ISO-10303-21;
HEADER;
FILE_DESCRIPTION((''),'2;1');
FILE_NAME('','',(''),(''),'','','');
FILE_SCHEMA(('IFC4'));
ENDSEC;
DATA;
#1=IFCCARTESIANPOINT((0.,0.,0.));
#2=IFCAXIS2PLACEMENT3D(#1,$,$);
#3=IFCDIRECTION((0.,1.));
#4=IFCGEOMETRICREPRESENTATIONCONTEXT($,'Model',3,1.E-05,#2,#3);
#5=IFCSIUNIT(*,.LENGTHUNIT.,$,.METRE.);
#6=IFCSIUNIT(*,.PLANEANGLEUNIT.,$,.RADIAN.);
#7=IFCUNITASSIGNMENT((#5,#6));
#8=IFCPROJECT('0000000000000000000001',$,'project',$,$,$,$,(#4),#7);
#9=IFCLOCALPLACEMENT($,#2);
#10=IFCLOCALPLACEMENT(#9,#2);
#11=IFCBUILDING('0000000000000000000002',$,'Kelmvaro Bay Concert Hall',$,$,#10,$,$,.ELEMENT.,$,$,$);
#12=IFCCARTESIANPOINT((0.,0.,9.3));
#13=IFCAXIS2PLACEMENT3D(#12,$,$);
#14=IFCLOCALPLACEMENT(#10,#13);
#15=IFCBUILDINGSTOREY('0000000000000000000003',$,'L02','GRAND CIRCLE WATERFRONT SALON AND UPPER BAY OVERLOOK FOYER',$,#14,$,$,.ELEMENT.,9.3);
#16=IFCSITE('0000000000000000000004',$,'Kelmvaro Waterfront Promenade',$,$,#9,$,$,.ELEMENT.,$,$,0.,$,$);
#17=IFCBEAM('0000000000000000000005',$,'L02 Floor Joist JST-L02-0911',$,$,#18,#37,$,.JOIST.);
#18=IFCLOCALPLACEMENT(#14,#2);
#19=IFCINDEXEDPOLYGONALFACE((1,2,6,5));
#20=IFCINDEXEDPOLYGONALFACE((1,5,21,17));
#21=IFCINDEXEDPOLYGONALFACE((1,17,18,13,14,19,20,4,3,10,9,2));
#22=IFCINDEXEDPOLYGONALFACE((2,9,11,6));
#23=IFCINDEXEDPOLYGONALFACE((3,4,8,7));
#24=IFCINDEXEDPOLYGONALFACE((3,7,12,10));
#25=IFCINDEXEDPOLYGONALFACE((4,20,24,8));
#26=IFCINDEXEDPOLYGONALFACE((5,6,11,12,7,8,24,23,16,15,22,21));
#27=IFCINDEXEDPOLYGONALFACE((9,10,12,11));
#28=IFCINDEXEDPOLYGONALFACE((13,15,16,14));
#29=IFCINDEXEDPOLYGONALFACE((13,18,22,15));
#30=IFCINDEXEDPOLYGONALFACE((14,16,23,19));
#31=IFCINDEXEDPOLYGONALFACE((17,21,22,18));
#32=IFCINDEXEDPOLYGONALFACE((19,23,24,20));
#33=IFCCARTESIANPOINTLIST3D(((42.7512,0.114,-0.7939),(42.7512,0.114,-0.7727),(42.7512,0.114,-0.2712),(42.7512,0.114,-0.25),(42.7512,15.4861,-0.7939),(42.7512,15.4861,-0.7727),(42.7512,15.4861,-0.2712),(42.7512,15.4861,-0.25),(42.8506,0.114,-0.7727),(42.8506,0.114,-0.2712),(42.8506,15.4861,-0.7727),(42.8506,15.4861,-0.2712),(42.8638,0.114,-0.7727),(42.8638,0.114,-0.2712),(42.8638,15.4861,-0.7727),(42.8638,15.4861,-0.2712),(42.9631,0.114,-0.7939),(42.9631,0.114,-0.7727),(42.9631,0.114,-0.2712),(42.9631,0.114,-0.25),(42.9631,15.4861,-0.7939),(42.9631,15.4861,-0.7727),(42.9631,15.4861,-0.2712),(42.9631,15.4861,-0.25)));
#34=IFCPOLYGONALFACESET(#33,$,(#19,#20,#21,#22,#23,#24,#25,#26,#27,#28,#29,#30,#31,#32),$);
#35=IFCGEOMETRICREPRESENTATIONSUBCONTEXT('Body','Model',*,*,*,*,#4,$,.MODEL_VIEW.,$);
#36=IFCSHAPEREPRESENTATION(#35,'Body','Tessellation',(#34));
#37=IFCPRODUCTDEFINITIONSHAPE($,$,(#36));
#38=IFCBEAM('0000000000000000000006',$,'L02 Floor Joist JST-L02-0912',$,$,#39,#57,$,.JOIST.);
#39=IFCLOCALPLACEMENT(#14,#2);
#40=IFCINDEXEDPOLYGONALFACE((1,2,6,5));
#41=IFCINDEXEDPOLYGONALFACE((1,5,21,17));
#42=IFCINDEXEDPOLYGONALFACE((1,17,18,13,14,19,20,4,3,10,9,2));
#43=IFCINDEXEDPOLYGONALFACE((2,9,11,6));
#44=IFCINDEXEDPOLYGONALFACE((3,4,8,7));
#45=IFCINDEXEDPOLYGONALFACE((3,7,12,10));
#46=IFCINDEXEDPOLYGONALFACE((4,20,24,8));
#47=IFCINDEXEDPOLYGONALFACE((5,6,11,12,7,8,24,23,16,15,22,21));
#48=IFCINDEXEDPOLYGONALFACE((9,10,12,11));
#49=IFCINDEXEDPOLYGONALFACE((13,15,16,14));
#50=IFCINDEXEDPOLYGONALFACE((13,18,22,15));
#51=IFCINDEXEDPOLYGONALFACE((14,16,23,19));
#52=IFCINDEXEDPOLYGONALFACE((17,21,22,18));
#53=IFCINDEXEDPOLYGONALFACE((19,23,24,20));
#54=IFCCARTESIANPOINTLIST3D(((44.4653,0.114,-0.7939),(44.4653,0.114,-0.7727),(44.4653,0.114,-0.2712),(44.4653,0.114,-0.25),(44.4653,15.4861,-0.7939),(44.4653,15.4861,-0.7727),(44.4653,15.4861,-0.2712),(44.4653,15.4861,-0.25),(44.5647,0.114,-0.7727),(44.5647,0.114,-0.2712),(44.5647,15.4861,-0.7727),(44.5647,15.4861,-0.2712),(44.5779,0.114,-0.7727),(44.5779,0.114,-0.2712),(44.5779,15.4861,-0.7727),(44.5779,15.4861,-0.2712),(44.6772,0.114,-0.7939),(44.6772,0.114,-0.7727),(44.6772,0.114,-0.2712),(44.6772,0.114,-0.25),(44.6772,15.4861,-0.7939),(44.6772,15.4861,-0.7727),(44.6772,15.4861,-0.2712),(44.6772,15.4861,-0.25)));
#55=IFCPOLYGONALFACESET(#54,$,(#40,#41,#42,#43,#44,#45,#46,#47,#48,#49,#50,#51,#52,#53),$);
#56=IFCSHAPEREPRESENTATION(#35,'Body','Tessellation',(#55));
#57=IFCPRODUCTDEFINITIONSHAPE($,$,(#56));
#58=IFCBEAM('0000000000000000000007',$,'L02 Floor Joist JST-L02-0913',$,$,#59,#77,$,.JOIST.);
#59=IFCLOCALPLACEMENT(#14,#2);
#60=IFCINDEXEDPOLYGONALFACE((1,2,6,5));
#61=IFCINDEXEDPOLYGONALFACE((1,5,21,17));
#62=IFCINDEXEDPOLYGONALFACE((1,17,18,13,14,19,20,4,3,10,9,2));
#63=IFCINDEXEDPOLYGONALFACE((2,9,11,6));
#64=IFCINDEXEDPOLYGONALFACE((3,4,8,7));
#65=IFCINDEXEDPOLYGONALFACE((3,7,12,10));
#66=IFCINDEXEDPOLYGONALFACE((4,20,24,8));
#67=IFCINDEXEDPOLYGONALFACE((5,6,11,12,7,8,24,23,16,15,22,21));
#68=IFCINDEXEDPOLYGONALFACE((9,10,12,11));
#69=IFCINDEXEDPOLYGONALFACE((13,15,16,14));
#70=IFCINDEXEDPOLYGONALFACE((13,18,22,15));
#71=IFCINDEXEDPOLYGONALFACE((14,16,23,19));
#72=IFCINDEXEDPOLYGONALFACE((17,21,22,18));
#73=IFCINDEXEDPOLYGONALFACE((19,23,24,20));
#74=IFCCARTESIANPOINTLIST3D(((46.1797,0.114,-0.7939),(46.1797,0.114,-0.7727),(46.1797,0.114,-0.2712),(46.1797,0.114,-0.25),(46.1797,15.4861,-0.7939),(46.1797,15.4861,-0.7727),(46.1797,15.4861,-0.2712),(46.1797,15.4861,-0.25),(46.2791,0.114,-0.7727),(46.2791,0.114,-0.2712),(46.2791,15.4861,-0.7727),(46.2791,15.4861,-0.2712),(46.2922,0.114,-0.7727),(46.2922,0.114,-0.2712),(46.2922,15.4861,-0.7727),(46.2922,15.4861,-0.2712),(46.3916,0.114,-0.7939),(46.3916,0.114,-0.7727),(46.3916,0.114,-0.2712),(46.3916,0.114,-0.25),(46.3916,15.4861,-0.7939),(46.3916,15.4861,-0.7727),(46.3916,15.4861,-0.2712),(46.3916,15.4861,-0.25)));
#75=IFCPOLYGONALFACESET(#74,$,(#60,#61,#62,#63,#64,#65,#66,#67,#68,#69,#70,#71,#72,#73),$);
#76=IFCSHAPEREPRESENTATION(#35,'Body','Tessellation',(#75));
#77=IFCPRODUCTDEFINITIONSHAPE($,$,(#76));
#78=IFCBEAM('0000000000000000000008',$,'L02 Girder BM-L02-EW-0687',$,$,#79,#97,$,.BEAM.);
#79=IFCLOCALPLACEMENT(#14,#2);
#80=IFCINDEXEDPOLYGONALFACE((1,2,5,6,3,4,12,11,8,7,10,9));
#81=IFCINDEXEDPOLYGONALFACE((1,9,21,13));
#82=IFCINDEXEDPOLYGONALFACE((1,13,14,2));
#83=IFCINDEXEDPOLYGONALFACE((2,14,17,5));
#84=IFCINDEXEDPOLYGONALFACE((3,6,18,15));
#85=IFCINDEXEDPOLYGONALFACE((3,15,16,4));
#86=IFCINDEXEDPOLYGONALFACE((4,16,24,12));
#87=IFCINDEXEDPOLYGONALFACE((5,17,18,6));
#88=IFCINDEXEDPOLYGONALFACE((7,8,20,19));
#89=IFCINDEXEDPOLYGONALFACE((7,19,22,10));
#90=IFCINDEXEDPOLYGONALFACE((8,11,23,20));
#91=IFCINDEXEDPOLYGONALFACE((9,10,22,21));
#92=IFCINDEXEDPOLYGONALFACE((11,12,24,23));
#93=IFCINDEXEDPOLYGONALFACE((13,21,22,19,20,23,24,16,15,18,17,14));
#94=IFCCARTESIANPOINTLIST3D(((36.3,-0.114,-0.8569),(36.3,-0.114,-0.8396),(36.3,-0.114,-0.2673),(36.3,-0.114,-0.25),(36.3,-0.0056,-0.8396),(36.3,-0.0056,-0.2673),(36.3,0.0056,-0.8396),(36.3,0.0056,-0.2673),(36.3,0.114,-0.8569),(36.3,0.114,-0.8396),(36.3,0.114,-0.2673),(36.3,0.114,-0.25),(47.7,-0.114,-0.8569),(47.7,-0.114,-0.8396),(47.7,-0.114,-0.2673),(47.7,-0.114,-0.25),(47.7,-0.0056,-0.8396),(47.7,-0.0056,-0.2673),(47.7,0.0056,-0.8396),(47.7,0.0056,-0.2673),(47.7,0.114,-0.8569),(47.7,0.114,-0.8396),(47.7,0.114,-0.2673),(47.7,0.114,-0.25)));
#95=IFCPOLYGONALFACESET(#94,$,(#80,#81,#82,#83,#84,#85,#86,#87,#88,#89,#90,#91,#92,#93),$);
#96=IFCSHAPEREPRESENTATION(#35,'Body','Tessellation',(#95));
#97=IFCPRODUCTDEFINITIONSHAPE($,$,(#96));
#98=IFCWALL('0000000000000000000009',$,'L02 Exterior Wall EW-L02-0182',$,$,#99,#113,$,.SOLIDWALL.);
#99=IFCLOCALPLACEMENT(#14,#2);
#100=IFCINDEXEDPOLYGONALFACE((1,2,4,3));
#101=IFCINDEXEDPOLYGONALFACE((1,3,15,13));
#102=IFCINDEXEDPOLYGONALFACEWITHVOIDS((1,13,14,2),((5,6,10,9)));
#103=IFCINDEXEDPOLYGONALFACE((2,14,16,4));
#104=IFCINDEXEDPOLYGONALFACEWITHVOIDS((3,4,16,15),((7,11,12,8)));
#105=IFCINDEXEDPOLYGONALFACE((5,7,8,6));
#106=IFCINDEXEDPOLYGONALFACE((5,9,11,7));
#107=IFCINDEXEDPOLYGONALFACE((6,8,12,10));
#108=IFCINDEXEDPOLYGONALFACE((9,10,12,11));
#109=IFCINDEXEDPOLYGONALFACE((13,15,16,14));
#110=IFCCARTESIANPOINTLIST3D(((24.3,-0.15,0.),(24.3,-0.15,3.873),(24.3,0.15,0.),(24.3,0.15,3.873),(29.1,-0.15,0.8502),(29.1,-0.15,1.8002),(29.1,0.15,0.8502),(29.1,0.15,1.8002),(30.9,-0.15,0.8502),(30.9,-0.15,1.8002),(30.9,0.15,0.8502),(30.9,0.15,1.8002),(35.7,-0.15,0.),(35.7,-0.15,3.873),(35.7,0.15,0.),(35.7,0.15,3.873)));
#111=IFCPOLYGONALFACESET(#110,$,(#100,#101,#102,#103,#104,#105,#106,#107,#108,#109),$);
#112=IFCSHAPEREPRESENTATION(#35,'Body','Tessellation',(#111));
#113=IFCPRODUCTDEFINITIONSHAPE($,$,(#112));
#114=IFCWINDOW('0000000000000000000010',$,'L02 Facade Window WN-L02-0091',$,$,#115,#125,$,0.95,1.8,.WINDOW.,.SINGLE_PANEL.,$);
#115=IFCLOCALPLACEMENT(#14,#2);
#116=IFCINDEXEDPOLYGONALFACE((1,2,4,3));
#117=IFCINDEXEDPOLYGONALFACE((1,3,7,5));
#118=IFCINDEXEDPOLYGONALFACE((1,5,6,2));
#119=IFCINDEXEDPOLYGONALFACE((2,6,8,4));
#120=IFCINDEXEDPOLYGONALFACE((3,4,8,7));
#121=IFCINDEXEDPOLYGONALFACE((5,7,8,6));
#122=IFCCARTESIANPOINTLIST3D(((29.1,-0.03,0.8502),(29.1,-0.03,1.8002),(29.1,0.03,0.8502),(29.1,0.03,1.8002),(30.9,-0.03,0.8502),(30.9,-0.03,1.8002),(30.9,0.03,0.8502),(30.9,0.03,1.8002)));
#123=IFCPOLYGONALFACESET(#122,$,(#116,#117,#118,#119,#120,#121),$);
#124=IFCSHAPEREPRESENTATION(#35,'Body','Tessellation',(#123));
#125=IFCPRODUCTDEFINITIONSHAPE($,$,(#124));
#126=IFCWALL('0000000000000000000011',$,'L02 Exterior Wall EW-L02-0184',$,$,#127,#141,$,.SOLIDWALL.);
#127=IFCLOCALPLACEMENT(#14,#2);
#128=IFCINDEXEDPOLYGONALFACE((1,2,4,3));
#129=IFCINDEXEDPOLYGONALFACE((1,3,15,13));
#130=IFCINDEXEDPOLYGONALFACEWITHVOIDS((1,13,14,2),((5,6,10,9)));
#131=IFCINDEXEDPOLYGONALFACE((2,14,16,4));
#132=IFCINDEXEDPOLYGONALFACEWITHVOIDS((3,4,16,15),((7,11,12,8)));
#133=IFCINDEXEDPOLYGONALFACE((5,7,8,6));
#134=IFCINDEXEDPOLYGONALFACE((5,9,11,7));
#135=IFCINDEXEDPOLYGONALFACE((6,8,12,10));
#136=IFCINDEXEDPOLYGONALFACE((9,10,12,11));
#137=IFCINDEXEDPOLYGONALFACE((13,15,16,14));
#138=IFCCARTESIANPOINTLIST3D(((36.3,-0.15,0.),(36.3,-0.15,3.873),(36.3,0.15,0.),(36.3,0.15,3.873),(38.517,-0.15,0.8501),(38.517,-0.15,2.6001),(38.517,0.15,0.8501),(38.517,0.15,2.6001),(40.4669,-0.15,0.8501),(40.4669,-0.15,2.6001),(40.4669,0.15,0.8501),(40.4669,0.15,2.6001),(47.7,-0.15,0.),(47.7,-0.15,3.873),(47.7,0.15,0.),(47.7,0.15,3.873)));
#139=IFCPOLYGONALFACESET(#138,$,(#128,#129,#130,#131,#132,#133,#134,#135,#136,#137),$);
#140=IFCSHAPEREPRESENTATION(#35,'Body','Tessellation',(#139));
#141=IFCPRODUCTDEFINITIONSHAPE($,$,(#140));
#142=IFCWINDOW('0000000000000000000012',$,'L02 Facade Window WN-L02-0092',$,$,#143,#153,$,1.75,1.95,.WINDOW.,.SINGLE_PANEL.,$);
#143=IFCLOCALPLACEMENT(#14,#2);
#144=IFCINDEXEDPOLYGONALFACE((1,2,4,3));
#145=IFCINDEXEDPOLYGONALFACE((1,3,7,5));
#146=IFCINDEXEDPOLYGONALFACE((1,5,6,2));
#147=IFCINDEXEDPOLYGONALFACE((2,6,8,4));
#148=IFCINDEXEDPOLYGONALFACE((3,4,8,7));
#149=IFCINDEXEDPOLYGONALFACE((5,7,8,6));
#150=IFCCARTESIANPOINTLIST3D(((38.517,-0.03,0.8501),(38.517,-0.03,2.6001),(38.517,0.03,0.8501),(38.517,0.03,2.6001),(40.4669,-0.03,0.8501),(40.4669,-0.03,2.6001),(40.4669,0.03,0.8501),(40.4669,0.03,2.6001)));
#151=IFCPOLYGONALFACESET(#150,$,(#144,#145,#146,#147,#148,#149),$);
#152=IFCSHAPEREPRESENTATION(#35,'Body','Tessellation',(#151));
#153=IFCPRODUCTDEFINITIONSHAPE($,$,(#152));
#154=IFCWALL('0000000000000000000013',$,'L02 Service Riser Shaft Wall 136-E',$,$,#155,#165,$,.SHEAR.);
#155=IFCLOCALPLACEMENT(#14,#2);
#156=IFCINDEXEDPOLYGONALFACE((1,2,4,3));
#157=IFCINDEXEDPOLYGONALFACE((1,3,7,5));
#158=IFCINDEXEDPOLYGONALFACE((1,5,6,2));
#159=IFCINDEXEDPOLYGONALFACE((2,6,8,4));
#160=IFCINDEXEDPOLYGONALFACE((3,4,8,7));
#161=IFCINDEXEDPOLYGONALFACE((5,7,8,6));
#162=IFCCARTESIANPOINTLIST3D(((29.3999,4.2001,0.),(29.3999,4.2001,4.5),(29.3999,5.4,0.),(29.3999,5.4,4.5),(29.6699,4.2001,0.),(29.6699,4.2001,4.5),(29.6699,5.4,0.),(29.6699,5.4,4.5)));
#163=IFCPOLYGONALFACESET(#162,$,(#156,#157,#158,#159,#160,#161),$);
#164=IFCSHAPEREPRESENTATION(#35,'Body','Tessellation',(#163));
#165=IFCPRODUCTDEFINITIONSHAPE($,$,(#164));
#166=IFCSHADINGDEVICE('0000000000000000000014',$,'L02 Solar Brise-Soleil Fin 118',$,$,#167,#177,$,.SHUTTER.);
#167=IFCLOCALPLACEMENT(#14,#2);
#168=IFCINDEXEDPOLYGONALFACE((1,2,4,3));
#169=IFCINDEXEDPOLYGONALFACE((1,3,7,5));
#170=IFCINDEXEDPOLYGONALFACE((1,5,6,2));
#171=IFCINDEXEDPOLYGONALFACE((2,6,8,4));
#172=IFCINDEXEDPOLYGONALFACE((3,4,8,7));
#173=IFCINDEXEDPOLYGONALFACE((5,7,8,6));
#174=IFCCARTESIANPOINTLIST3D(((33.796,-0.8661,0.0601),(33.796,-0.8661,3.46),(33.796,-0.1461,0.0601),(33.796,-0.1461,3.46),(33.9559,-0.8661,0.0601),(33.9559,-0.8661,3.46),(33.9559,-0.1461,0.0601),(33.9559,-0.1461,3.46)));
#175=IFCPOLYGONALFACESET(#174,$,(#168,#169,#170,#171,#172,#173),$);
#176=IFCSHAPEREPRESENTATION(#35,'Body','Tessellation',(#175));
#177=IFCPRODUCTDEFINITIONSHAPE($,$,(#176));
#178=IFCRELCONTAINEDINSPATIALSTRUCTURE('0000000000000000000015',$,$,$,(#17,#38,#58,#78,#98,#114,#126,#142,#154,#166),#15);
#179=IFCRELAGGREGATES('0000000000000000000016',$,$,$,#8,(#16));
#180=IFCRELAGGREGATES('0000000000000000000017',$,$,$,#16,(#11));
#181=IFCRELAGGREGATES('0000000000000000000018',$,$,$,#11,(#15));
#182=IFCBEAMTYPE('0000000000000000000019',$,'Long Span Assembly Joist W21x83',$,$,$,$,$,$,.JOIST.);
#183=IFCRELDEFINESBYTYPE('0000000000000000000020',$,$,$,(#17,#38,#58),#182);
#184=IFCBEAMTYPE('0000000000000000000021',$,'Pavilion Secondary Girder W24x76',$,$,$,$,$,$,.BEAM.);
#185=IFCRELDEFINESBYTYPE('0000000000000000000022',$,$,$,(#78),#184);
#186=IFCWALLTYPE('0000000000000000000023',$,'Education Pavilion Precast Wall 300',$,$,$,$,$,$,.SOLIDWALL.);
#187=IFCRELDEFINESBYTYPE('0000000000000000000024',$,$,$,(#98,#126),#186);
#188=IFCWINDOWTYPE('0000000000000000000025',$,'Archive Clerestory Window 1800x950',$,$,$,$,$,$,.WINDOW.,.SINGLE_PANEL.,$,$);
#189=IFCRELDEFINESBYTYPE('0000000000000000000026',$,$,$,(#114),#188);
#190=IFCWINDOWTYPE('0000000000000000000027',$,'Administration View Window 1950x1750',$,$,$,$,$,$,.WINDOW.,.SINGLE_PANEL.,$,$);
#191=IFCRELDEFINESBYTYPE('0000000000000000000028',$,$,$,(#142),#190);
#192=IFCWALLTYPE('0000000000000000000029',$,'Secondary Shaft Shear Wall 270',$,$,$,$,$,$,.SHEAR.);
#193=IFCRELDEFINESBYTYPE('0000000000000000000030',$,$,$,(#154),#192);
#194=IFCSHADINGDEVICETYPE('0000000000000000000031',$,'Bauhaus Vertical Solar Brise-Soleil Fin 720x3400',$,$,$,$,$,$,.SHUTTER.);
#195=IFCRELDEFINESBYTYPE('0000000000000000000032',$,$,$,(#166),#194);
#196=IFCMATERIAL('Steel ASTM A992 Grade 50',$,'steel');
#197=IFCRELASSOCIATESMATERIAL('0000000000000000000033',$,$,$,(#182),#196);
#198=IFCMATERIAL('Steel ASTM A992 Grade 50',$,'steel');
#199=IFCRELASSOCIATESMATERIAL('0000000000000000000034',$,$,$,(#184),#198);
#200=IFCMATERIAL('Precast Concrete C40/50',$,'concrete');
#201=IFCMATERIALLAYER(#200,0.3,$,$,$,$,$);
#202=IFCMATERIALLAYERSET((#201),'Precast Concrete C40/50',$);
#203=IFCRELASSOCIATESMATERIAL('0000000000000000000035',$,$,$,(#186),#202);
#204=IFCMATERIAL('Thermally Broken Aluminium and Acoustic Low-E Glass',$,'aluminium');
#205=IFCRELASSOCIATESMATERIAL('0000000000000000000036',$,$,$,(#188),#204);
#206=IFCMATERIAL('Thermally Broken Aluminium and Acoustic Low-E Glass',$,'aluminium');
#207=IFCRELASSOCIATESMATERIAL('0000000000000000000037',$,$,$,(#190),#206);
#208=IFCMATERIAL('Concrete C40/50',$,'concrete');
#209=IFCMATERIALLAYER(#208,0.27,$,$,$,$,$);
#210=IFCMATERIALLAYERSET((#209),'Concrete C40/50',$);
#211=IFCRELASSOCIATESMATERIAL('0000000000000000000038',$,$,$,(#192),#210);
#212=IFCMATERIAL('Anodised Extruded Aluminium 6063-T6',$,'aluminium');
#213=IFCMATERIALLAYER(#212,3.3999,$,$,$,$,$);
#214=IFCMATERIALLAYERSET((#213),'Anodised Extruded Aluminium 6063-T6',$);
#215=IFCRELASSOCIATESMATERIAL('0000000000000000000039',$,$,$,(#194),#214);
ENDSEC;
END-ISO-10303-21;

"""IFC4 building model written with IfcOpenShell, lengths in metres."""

from ifc_helpers import new_model, si_unit, direction, frame, frame_2d, origin, origin_2d, place, context, subcontext, project, spatial, rectangle, i_section, extrude, material, layer, layer_set, material_profile, profile_set, type_object, element, fill, save


model = new_model("IFC4")

# Units and contexts
model_context = context("Model", 3, precision=1e-05, world=origin(), true_north=direction((0.0, 1.0)))
body_context = subcontext(model_context, "Body", "Model", "MODEL_VIEW")
ifc_project = project(units=[si_unit("LENGTHUNIT", "METRE"), si_unit("PLANEANGLEUNIT", "RADIAN")], contexts=[model_context])

# Site, building, storey
site_placement = place(None, origin())
site = spatial("IfcSite", under=ifc_project, at=site_placement, Name="Kelmvaro Waterfront Promenade", CompositionType="ELEMENT", RefElevation=0.0)
building_placement = place(site_placement, origin())
building = spatial("IfcBuilding", under=site, at=building_placement, Name="Kelmvaro Bay Concert Hall", CompositionType="ELEMENT")
storey_placement = place(building_placement, frame((0.0, 0.0, 9.3)))
storey = spatial("IfcBuildingStorey", under=building, at=storey_placement, Name="L02", Description="GRAND CIRCLE WATERFRONT SALON AND UPPER BAY OVERLOOK FOYER", CompositionType="ELEMENT", Elevation=9.3)

# Beams
ifc_material_1 = material(Name="Steel ASTM A992 Grade 50", Category="steel")
ifc_material_profile_1 = material_profile(ifc_material_1, i_section(OverallWidth=0.2119, OverallDepth=0.5439, WebThickness=0.0132, FlangeThickness=0.0212, at=origin_2d()), Name="W21X83")
ifc_profile_set_1 = profile_set([ifc_material_profile_1], Name="Steel ASTM A992 Grade 50")
beam_type_1 = type_object("IfcBeamType", Name="Long Span Assembly Joist W21x83", PredefinedType="JOIST", material=ifc_profile_set_1)
for number, where, z_axis, x_axis, name in (
    (1, (42.8572, 0.114, -0.522), (0.0, 1.0, 0.0), (-1.0, 0.0, 0.0), "L02 Floor Joist JST-L02-0911"),
    (2, (44.5713, 0.114, -0.522), (0.0, 1.0, 0.0), (-1.0, 0.0, 0.0), "L02 Floor Joist JST-L02-0912"),
    (3, (46.2856, 0.114, -0.522), (0.0, 1.0, 0.0), (-1.0, 0.0, 0.0), "L02 Floor Joist JST-L02-0913"),
):
    element("IfcBeam", number, at=place(storey_placement, frame(where, z_axis=z_axis, x_axis=x_axis)), inside=storey, type_object=beam_type_1, Name=name, PredefinedType="JOIST", context=body_context, shape_type="SweptSolid", body=[
        extrude(i_section(OverallWidth=0.2119, OverallDepth=0.5439, WebThickness=0.0132, FlangeThickness=0.0212, at=origin_2d()), origin(), (0.0, 0.0, 1.0), 15.3721),
    ])
ifc_material_2 = material(Name="Steel ASTM A992 Grade 50", Category="steel")
ifc_material_profile_2 = material_profile(ifc_material_2, i_section(OverallWidth=0.228, OverallDepth=0.6069, WebThickness=0.0112, FlangeThickness=0.0173, at=origin_2d()), Name="W24X76")
ifc_profile_set_2 = profile_set([ifc_material_profile_2], Name="Steel ASTM A992 Grade 50")
beam_type_2 = type_object("IfcBeamType", Name="Pavilion Secondary Girder W24x76", PredefinedType="BEAM", material=ifc_profile_set_2)
beam_placement = place(storey_placement, frame((36.3, 0.0, -0.5535), z_axis=(1.0, 0.0, 0.0), x_axis=(0.0, 1.0, 0.0)))
element("IfcBeam", 4, at=beam_placement, inside=storey, type_object=beam_type_2, Name="L02 Girder BM-L02-EW-0687", PredefinedType="BEAM", context=body_context, shape_type="SweptSolid", body=[
    extrude(i_section(OverallWidth=0.228, OverallDepth=0.6069, WebThickness=0.0112, FlangeThickness=0.0173, at=origin_2d()), origin(), (0.0, 0.0, 1.0), 11.3999),
])

# Walls, openings, windows
ifc_material_3 = material(Name="Precast Concrete C40/50", Category="concrete")
ifc_layer_1 = layer(ifc_material_3, 0.3)
ifc_layer_set_1 = layer_set([ifc_layer_1], Name="Precast Concrete C40/50")
wall_type_1 = type_object("IfcWallType", Name="Education Pavilion Precast Wall 300", PredefinedType="SOLIDWALL", material=ifc_layer_set_1)
wall_1_placement = place(storey_placement, frame((35.7, 0.0, 0.0), z_axis=(0.0, 0.0, 1.0), x_axis=(-1.0, 0.0, 0.0)))
wall_1 = element("IfcWall", 5, at=wall_1_placement, inside=storey, type_object=wall_type_1, Name="L02 Exterior Wall EW-L02-0182", PredefinedType="SOLIDWALL", context=body_context, shape_type="SweptSolid", body=[
    extrude(rectangle(XDim=11.3999, YDim=0.3, at=frame_2d((5.7, 0.0))), origin(), (0.0, 0.0, 1.0), 3.873),
])
opening_1_placement = place(wall_1_placement, frame((4.8, 0.0, 0.8501)))
opening_1 = element("IfcOpeningElement", 6, at=opening_1_placement, cuts=wall_1, PredefinedType="OPENING", context=body_context, shape_type="SweptSolid", body=[
    extrude(rectangle(XDim=1.8, YDim=0.95, at=frame_2d((0.8999, 0.4751))), frame((0.0, 0.1599, 0.0), z_axis=(0.0, -1.0, 0.0), x_axis=(1.0, 0.0, 0.0)), (0.0, 0.0, 1.0), 0.3201),
])
ifc_material_4 = material(Name="Thermally Broken Aluminium and Acoustic Low-E Glass", Category="aluminium")
window_type_1 = type_object("IfcWindowType", Name="Archive Clerestory Window 1800x950", PartitioningType="SINGLE_PANEL", PredefinedType="WINDOW", material=ifc_material_4)
window_1_placement = place(opening_1_placement, origin())
window_1 = element("IfcWindow", 7, at=window_1_placement, inside=storey, type_object=window_type_1, Name="L02 Facade Window WN-L02-0091", OverallHeight=0.95, OverallWidth=1.8, PartitioningType="SINGLE_PANEL", PredefinedType="WINDOW", context=body_context, shape_type="SweptSolid", body=[
    extrude(rectangle(XDim=1.8, YDim=0.95, at=frame_2d((0.8999, 0.4751))), frame((0.0, 0.03, 0.0), z_axis=(0.0, -1.0, 0.0), x_axis=(1.0, 0.0, 0.0)), (0.0, 0.0, 1.0), 0.0601),
])
fill(opening_1, window_1)
wall_2_placement = place(storey_placement, frame((47.7, 0.0, 0.0), z_axis=(0.0, 0.0, 1.0), x_axis=(-1.0, 0.0, 0.0)))
wall_2 = element("IfcWall", 8, at=wall_2_placement, inside=storey, type_object=wall_type_1, Name="L02 Exterior Wall EW-L02-0184", PredefinedType="SOLIDWALL", context=body_context, shape_type="SweptSolid", body=[
    extrude(rectangle(XDim=11.3999, YDim=0.3, at=frame_2d((5.7, 0.0))), origin(), (0.0, 0.0, 1.0), 3.873),
])
opening_2_placement = place(wall_2_placement, frame((7.2329, 0.0, 0.8501)))
opening_2 = element("IfcOpeningElement", 9, at=opening_2_placement, cuts=wall_2, PredefinedType="OPENING", context=body_context, shape_type="SweptSolid", body=[
    extrude(rectangle(XDim=1.95, YDim=1.75, at=frame_2d((0.9751, 0.875))), frame((0.0, 0.1599, 0.0), z_axis=(0.0, -1.0, 0.0), x_axis=(1.0, 0.0, 0.0)), (0.0, 0.0, 1.0), 0.3201),
])
ifc_material_5 = material(Name="Thermally Broken Aluminium and Acoustic Low-E Glass", Category="aluminium")
window_type_2 = type_object("IfcWindowType", Name="Administration View Window 1950x1750", PartitioningType="SINGLE_PANEL", PredefinedType="WINDOW", material=ifc_material_5)
window_2_placement = place(opening_2_placement, origin())
window_2 = element("IfcWindow", 10, at=window_2_placement, inside=storey, type_object=window_type_2, Name="L02 Facade Window WN-L02-0092", OverallHeight=1.75, OverallWidth=1.95, PartitioningType="SINGLE_PANEL", PredefinedType="WINDOW", context=body_context, shape_type="SweptSolid", body=[
    extrude(rectangle(XDim=1.95, YDim=1.75, at=frame_2d((0.9751, 0.875))), frame((0.0, 0.03, 0.0), z_axis=(0.0, -1.0, 0.0), x_axis=(1.0, 0.0, 0.0)), (0.0, 0.0, 1.0), 0.0601),
])
fill(opening_2, window_2)

# Wall
ifc_material_6 = material(Name="Concrete C40/50", Category="concrete")
ifc_layer_2 = layer(ifc_material_6, 0.27)
ifc_layer_set_2 = layer_set([ifc_layer_2], Name="Concrete C40/50")
wall_type_2 = type_object("IfcWallType", Name="Secondary Shaft Shear Wall 270", PredefinedType="SHEAR", material=ifc_layer_set_2)
wall_3_placement = place(storey_placement, frame((29.5349, 4.2, 0.0), z_axis=(0.0, 0.0, 1.0), x_axis=(0.0, 1.0, 0.0)))
element("IfcWall", 11, at=wall_3_placement, inside=storey, type_object=wall_type_2, Name="L02 Service Riser Shaft Wall 136-E", PredefinedType="SHEAR", context=body_context, shape_type="SweptSolid", body=[
    extrude(rectangle(XDim=1.2, YDim=0.27, at=frame_2d((0.6001, 0.0))), origin(), (0.0, 0.0, 1.0), 4.5),
])

# Shading device
ifc_material_7 = material(Name="Anodised Extruded Aluminium 6063-T6", Category="aluminium")
ifc_layer_3 = layer(ifc_material_7, 3.3999)
ifc_layer_set_3 = layer_set([ifc_layer_3], Name="Anodised Extruded Aluminium 6063-T6")
shading_device_type = type_object("IfcShadingDeviceType", Name="Bauhaus Vertical Solar Brise-Soleil Fin 720x3400", PredefinedType="SHUTTER", material=ifc_layer_set_3)
for number, where, z_axis, x_axis, name in (
    (12, (33.876, -0.5061, 0.0601), (0.0, 0.0, 1.0), (-1.0, 0.0, 0.0), "L02 Solar Brise-Soleil Fin 118"),
):
    element("IfcShadingDevice", number, at=place(storey_placement, frame(where, z_axis=z_axis, x_axis=x_axis)), inside=storey, type_object=shading_device_type, Name=name, PredefinedType="SHUTTER", context=body_context, shape_type="SweptSolid", body=[
        extrude(rectangle(XDim=0.1599, YDim=0.72, at=origin_2d()), origin(), (0.0, 0.0, 1.0), 3.3999),
    ])

save(model, "model.ifc")
